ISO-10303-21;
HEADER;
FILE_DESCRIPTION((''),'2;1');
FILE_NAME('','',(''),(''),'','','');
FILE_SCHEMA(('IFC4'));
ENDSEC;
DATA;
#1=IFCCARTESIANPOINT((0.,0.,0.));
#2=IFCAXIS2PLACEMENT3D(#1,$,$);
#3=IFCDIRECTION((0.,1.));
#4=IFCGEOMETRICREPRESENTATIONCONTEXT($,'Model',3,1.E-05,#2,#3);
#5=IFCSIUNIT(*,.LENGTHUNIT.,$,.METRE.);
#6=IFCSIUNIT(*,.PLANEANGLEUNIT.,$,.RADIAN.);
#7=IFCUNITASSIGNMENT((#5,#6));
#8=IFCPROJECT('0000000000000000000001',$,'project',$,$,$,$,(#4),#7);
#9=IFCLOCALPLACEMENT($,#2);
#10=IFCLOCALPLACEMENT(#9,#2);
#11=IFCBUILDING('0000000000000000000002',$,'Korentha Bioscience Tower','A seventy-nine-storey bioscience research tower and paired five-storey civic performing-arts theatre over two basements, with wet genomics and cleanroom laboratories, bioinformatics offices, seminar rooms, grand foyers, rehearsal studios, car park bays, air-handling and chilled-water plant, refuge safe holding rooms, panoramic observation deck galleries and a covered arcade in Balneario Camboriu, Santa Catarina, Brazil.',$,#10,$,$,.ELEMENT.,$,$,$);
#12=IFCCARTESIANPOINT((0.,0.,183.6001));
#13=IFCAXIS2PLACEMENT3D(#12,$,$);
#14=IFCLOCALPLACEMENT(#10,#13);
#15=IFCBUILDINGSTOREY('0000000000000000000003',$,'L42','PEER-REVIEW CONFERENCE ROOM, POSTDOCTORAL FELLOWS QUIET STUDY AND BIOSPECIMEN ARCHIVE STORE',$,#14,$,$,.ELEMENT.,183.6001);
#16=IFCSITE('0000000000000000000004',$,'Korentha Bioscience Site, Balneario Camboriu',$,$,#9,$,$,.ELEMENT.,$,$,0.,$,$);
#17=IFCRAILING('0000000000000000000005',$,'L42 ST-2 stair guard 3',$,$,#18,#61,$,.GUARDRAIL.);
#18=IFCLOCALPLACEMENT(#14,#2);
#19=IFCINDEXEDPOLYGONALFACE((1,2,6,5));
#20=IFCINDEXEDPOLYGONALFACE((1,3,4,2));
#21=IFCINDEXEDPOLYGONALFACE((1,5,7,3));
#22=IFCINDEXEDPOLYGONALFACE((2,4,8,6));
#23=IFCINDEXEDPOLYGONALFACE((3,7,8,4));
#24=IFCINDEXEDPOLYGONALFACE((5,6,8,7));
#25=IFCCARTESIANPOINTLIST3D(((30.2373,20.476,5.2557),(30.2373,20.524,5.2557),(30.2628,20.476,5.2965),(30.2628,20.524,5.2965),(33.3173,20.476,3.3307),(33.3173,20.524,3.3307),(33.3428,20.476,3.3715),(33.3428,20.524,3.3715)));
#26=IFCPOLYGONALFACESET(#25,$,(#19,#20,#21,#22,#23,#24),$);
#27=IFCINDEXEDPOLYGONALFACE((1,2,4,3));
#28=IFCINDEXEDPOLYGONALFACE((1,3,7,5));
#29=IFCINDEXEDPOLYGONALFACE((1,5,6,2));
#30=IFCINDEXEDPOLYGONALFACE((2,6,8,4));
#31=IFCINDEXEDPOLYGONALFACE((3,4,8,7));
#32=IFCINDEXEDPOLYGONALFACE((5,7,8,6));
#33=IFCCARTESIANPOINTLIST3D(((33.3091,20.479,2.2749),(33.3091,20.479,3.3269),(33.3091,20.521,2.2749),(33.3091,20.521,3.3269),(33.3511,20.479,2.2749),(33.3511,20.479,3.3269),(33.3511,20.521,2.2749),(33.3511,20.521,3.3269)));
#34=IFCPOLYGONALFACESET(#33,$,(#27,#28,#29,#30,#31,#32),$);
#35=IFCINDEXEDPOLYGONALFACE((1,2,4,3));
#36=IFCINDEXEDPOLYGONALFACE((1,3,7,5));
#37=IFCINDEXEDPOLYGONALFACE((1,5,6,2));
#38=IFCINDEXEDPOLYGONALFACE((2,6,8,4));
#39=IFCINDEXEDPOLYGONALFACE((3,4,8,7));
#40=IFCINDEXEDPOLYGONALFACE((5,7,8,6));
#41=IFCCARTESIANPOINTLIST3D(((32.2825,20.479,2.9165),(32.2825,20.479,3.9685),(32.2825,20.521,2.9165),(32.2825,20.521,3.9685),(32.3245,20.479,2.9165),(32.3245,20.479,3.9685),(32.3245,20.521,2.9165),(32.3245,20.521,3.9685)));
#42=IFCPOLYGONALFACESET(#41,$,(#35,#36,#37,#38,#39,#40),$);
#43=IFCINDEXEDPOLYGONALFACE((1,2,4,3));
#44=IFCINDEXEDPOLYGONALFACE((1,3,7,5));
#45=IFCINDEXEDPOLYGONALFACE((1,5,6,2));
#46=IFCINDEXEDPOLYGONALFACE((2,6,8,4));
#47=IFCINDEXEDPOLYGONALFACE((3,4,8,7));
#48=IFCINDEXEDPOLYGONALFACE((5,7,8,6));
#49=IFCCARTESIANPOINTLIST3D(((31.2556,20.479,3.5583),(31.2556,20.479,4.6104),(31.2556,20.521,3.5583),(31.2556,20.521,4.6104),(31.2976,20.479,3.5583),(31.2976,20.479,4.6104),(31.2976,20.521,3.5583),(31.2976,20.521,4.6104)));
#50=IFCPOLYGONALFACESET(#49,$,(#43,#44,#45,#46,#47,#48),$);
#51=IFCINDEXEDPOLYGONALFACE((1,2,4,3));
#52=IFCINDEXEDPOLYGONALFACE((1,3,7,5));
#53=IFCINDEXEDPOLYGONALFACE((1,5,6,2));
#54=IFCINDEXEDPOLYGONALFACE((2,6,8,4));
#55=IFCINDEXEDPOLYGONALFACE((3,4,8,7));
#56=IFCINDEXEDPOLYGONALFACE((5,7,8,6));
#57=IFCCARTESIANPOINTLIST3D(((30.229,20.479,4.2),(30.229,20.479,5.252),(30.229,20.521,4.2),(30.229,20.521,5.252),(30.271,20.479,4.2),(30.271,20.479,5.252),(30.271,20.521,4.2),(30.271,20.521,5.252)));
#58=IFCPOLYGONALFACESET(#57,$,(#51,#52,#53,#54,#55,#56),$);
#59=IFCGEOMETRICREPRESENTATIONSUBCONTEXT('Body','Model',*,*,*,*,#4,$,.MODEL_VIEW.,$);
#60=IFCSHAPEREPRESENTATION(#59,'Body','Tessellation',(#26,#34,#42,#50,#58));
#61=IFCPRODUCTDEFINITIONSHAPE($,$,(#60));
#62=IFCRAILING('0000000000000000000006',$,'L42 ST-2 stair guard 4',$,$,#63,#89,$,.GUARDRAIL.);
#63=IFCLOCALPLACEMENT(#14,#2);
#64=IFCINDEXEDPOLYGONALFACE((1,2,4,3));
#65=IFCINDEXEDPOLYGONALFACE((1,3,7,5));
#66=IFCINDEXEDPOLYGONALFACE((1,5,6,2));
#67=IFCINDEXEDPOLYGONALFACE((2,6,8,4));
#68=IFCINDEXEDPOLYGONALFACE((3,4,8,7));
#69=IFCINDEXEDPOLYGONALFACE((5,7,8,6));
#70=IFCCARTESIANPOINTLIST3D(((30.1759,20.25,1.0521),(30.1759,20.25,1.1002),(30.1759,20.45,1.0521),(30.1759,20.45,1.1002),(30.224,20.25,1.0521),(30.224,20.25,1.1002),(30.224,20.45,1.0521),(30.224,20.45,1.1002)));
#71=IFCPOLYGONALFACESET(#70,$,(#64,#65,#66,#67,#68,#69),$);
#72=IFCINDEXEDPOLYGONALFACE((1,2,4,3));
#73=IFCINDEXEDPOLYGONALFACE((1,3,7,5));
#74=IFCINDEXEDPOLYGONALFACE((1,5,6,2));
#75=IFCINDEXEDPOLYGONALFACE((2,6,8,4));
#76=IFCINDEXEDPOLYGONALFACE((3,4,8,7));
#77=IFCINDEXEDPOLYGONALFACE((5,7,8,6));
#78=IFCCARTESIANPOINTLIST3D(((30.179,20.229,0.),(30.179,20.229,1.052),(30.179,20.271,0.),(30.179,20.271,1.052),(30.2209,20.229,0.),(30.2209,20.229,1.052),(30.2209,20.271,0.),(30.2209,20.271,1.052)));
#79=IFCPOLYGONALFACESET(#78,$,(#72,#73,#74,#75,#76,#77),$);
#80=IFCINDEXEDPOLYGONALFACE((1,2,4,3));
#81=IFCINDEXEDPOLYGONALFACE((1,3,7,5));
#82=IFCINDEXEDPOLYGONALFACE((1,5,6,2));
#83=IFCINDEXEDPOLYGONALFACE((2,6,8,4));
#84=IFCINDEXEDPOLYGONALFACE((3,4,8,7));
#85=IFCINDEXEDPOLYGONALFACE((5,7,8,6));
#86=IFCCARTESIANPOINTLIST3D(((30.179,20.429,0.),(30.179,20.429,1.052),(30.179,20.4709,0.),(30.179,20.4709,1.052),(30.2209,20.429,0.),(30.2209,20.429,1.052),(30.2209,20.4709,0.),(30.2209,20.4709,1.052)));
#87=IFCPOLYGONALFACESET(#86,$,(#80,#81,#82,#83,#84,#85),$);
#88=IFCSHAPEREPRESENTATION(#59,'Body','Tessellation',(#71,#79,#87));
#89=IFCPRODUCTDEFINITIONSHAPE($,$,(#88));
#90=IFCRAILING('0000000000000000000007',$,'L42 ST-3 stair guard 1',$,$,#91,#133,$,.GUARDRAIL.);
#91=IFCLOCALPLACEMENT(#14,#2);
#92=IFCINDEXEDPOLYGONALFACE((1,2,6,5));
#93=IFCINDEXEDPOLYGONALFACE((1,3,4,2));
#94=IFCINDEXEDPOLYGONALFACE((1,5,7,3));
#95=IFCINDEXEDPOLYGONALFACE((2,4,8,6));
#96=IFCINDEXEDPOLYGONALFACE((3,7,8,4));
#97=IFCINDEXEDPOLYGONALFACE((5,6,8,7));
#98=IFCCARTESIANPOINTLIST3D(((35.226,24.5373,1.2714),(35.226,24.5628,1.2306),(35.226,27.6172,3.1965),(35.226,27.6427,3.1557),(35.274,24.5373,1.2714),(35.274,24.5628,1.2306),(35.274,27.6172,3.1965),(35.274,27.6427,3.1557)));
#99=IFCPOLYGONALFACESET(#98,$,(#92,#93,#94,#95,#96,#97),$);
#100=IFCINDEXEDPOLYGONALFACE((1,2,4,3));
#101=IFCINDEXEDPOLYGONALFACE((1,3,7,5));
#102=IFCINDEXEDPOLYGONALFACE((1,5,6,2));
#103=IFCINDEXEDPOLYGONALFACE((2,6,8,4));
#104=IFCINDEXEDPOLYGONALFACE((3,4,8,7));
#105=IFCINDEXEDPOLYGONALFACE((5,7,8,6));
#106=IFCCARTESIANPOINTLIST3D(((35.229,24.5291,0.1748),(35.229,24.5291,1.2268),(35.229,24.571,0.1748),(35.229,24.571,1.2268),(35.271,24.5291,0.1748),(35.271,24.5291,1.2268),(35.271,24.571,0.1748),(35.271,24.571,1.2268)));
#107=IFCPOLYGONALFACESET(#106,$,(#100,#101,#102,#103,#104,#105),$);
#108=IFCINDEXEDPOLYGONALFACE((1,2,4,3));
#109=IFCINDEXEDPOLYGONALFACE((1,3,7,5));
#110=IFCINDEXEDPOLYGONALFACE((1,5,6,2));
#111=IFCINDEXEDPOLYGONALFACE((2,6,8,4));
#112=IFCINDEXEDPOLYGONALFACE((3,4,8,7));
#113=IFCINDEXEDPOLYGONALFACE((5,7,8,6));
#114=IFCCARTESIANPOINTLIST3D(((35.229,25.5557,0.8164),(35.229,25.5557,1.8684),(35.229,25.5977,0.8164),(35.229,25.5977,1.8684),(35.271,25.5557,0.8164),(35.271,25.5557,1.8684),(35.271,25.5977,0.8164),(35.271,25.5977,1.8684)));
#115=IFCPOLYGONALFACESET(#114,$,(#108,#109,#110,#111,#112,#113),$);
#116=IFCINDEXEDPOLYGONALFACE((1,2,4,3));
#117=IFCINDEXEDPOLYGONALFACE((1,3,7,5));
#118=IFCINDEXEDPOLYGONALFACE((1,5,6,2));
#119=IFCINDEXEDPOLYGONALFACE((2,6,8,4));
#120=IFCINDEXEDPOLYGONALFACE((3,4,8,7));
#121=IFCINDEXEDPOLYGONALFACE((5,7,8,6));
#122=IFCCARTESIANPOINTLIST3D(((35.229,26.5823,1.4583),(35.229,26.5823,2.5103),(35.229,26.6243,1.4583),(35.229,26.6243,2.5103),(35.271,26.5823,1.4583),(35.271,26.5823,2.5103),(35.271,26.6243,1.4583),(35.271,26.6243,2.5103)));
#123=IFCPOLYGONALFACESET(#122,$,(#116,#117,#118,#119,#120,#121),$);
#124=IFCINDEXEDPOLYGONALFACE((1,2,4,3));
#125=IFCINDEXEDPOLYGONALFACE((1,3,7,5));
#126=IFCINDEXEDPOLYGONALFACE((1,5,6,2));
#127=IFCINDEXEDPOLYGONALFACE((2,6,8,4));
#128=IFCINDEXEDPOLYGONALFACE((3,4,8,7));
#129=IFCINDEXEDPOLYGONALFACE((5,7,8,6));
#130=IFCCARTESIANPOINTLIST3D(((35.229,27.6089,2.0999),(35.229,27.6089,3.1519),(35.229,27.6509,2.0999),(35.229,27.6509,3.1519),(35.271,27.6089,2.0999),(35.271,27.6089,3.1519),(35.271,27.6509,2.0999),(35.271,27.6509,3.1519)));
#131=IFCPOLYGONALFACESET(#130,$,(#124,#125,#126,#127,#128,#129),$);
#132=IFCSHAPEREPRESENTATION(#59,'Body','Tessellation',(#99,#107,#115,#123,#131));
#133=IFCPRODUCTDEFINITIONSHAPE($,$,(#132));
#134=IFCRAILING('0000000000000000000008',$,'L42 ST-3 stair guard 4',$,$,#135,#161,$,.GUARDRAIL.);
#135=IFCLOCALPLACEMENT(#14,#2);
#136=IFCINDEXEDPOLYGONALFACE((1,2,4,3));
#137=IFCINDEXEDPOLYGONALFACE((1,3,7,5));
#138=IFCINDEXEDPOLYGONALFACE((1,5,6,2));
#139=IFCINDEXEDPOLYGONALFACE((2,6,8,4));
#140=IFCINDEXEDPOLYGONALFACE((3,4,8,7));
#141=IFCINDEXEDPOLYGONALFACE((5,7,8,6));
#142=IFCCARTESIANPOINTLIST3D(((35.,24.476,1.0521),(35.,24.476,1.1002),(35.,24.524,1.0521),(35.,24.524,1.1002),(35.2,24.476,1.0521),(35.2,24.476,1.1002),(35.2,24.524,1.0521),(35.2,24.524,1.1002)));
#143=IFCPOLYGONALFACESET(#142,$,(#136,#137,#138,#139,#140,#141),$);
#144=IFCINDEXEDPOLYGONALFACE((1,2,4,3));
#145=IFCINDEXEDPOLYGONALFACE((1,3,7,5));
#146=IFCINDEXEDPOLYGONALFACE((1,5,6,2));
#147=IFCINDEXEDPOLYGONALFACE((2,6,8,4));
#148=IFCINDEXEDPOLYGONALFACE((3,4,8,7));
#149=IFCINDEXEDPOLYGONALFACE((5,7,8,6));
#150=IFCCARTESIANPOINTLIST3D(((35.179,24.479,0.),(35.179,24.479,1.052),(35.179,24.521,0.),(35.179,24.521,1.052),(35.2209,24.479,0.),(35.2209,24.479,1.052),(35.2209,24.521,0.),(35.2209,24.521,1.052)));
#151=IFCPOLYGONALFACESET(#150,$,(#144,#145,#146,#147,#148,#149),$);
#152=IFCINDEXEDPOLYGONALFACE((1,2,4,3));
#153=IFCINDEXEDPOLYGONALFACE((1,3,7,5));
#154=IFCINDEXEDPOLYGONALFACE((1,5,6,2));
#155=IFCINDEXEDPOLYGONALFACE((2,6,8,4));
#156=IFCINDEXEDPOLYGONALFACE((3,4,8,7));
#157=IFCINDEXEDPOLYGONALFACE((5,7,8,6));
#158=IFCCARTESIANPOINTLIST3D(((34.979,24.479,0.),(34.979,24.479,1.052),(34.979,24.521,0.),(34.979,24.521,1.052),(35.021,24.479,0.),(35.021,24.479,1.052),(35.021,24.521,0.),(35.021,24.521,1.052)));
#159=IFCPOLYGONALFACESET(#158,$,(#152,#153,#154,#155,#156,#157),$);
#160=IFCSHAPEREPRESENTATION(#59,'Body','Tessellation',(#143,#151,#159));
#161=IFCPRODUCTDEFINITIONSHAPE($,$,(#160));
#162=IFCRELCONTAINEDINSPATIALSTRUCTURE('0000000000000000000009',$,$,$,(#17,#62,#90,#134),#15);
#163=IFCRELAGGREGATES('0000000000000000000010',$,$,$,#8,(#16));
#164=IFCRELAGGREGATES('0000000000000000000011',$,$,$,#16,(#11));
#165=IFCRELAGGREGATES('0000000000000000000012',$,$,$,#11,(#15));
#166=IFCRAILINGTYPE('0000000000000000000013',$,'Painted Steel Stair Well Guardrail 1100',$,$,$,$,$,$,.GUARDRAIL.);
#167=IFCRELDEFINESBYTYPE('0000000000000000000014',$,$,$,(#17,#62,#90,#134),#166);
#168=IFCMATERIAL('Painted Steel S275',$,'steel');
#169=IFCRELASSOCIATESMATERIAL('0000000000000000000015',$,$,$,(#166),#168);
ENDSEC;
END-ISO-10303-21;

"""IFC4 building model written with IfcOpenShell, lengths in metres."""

from ifc_helpers import new_model, si_unit, direction, frame, origin, origin_2d, place, context, subcontext, project, spatial, rectangle, extrude, material, type_object, element, save


model = new_model("IFC4")

# Units and contexts
model_context = context("Model", 3, precision=1e-05, world=origin(), true_north=direction((0.0, 1.0)))
body_context = subcontext(model_context, "Body", "Model", "MODEL_VIEW")
ifc_project = project(units=[si_unit("LENGTHUNIT", "METRE"), si_unit("PLANEANGLEUNIT", "RADIAN")], contexts=[model_context])

# Site, building, storey
site_placement = place(None, origin())
site = spatial("IfcSite", under=ifc_project, at=site_placement, Name="Korentha Bioscience Site, Balneario Camboriu", CompositionType="ELEMENT", RefElevation=0.0)
building_placement = place(site_placement, origin())
building = spatial("IfcBuilding", under=site, at=building_placement, Name="Korentha Bioscience Tower", Description="A seventy-nine-storey bioscience research tower and paired five-storey civic performing-arts theatre over two basements, with wet genomics and cleanroom laboratories, bioinformatics offices, seminar rooms, grand foyers, rehearsal studios, car park bays, air-handling and chilled-water plant, refuge safe holding rooms, panoramic observation deck galleries and a covered arcade in Balneario Camboriu, Santa Catarina, Brazil.", CompositionType="ELEMENT")
storey_placement = place(building_placement, frame((0.0, 0.0, 183.6001)))
storey = spatial("IfcBuildingStorey", under=building, at=storey_placement, Name="L42", Description="PEER-REVIEW CONFERENCE ROOM, POSTDOCTORAL FELLOWS QUIET STUDY AND BIOSPECIMEN ARCHIVE STORE", CompositionType="ELEMENT", Elevation=183.6001)

# Railings
ifc_material_1 = material(Name="Painted Steel S275", Category="steel")
railing_type_1 = type_object("IfcRailingType", Name="Painted Steel Stair Well Guardrail 1100", PredefinedType="GUARDRAIL", material=ifc_material_1)
railing_1_placement = place(storey_placement, frame((33.3301, 20.5, 2.2749)))
element("IfcRailing", 1, at=railing_1_placement, inside=storey, type_object=railing_type_1, Name="L42 ST-2 stair guard 3", PredefinedType="GUARDRAIL", context=body_context, shape_type="SweptSolid", body=[
    extrude(rectangle(XDim=0.0481, YDim=0.0481, at=origin_2d()), frame((0.0, 0.0, 1.0762), z_axis=(-0.847998, 0.0, 0.529999), x_axis=(0.0, -1.0, 0.0)), (0.0, 0.0, 1.0), 3.6321),
    extrude(rectangle(XDim=0.042, YDim=0.042, at=origin_2d()), origin(), (0.0, 0.0, 1.0), 1.052),
    extrude(rectangle(XDim=0.042, YDim=0.042, at=origin_2d()), frame((-1.0266, 0.0, 0.6416)), (0.0, 0.0, 1.0), 1.052),
    extrude(rectangle(XDim=0.042, YDim=0.042, at=origin_2d()), frame((-2.0535, 0.0, 1.2834)), (0.0, 0.0, 1.0), 1.052),
    extrude(rectangle(XDim=0.042, YDim=0.042, at=origin_2d()), frame((-3.0801, 0.0, 1.925)), (0.0, 0.0, 1.0), 1.052),
])
railing_2_placement = place(storey_placement, frame((30.2, 20.25, 0.0)))
element("IfcRailing", 2, at=railing_2_placement, inside=storey, type_object=railing_type_1, Name="L42 ST-2 stair guard 4", PredefinedType="GUARDRAIL", context=body_context, shape_type="SweptSolid", body=[
    extrude(rectangle(XDim=0.0481, YDim=0.0481, at=origin_2d()), frame((0.0, 0.0, 1.0762), z_axis=(0.0, 1.0, 0.0), x_axis=(-1.0, 0.0, 0.0)), (0.0, 0.0, 1.0), 0.2),
    extrude(rectangle(XDim=0.042, YDim=0.042, at=origin_2d()), origin(), (0.0, 0.0, 1.0), 1.052),
    extrude(rectangle(XDim=0.042, YDim=0.042, at=origin_2d()), frame((0.0, 0.2, 0.0)), (0.0, 0.0, 1.0), 1.052),
])
railing_3_placement = place(storey_placement, frame((35.25, 24.55, 0.1748)))
element("IfcRailing", 3, at=railing_3_placement, inside=storey, type_object=railing_type_1, Name="L42 ST-3 stair guard 1", PredefinedType="GUARDRAIL", context=body_context, shape_type="SweptSolid", body=[
    extrude(rectangle(XDim=0.0481, YDim=0.0481, at=origin_2d()), frame((0.0, 0.0, 1.0762), z_axis=(0.0, 0.847979, 0.530029), x_axis=(-1.0, 0.0, 0.0)), (0.0, 0.0, 1.0), 3.6321),
    extrude(rectangle(XDim=0.042, YDim=0.042, at=origin_2d()), origin(), (0.0, 0.0, 1.0), 1.052),
    extrude(rectangle(XDim=0.042, YDim=0.042, at=origin_2d()), frame((0.0, 1.0266, 0.6416)), (0.0, 0.0, 1.0), 1.052),
    extrude(rectangle(XDim=0.042, YDim=0.042, at=origin_2d()), frame((0.0, 2.0532, 1.2834)), (0.0, 0.0, 1.0), 1.052),
    extrude(rectangle(XDim=0.042, YDim=0.042, at=origin_2d()), frame((0.0, 3.0798, 1.925)), (0.0, 0.0, 1.0), 1.052),
])
railing_4_placement = place(storey_placement, frame((35.2, 24.5, 0.0)))
element("IfcRailing", 4, at=railing_4_placement, inside=storey, type_object=railing_type_1, Name="L42 ST-3 stair guard 4", PredefinedType="GUARDRAIL", context=body_context, shape_type="SweptSolid", body=[
    extrude(rectangle(XDim=0.0481, YDim=0.0481, at=origin_2d()), frame((0.0, 0.0, 1.0762), z_axis=(-1.0, 0.0, 0.0), x_axis=(0.0, -1.0, 0.0)), (0.0, 0.0, 1.0), 0.2),
    extrude(rectangle(XDim=0.042, YDim=0.042, at=origin_2d()), origin(), (0.0, 0.0, 1.0), 1.052),
    extrude(rectangle(XDim=0.042, YDim=0.042, at=origin_2d()), frame((-0.2, 0.0, 0.0)), (0.0, 0.0, 1.0), 1.052),
])

save(model, "model.ifc")
